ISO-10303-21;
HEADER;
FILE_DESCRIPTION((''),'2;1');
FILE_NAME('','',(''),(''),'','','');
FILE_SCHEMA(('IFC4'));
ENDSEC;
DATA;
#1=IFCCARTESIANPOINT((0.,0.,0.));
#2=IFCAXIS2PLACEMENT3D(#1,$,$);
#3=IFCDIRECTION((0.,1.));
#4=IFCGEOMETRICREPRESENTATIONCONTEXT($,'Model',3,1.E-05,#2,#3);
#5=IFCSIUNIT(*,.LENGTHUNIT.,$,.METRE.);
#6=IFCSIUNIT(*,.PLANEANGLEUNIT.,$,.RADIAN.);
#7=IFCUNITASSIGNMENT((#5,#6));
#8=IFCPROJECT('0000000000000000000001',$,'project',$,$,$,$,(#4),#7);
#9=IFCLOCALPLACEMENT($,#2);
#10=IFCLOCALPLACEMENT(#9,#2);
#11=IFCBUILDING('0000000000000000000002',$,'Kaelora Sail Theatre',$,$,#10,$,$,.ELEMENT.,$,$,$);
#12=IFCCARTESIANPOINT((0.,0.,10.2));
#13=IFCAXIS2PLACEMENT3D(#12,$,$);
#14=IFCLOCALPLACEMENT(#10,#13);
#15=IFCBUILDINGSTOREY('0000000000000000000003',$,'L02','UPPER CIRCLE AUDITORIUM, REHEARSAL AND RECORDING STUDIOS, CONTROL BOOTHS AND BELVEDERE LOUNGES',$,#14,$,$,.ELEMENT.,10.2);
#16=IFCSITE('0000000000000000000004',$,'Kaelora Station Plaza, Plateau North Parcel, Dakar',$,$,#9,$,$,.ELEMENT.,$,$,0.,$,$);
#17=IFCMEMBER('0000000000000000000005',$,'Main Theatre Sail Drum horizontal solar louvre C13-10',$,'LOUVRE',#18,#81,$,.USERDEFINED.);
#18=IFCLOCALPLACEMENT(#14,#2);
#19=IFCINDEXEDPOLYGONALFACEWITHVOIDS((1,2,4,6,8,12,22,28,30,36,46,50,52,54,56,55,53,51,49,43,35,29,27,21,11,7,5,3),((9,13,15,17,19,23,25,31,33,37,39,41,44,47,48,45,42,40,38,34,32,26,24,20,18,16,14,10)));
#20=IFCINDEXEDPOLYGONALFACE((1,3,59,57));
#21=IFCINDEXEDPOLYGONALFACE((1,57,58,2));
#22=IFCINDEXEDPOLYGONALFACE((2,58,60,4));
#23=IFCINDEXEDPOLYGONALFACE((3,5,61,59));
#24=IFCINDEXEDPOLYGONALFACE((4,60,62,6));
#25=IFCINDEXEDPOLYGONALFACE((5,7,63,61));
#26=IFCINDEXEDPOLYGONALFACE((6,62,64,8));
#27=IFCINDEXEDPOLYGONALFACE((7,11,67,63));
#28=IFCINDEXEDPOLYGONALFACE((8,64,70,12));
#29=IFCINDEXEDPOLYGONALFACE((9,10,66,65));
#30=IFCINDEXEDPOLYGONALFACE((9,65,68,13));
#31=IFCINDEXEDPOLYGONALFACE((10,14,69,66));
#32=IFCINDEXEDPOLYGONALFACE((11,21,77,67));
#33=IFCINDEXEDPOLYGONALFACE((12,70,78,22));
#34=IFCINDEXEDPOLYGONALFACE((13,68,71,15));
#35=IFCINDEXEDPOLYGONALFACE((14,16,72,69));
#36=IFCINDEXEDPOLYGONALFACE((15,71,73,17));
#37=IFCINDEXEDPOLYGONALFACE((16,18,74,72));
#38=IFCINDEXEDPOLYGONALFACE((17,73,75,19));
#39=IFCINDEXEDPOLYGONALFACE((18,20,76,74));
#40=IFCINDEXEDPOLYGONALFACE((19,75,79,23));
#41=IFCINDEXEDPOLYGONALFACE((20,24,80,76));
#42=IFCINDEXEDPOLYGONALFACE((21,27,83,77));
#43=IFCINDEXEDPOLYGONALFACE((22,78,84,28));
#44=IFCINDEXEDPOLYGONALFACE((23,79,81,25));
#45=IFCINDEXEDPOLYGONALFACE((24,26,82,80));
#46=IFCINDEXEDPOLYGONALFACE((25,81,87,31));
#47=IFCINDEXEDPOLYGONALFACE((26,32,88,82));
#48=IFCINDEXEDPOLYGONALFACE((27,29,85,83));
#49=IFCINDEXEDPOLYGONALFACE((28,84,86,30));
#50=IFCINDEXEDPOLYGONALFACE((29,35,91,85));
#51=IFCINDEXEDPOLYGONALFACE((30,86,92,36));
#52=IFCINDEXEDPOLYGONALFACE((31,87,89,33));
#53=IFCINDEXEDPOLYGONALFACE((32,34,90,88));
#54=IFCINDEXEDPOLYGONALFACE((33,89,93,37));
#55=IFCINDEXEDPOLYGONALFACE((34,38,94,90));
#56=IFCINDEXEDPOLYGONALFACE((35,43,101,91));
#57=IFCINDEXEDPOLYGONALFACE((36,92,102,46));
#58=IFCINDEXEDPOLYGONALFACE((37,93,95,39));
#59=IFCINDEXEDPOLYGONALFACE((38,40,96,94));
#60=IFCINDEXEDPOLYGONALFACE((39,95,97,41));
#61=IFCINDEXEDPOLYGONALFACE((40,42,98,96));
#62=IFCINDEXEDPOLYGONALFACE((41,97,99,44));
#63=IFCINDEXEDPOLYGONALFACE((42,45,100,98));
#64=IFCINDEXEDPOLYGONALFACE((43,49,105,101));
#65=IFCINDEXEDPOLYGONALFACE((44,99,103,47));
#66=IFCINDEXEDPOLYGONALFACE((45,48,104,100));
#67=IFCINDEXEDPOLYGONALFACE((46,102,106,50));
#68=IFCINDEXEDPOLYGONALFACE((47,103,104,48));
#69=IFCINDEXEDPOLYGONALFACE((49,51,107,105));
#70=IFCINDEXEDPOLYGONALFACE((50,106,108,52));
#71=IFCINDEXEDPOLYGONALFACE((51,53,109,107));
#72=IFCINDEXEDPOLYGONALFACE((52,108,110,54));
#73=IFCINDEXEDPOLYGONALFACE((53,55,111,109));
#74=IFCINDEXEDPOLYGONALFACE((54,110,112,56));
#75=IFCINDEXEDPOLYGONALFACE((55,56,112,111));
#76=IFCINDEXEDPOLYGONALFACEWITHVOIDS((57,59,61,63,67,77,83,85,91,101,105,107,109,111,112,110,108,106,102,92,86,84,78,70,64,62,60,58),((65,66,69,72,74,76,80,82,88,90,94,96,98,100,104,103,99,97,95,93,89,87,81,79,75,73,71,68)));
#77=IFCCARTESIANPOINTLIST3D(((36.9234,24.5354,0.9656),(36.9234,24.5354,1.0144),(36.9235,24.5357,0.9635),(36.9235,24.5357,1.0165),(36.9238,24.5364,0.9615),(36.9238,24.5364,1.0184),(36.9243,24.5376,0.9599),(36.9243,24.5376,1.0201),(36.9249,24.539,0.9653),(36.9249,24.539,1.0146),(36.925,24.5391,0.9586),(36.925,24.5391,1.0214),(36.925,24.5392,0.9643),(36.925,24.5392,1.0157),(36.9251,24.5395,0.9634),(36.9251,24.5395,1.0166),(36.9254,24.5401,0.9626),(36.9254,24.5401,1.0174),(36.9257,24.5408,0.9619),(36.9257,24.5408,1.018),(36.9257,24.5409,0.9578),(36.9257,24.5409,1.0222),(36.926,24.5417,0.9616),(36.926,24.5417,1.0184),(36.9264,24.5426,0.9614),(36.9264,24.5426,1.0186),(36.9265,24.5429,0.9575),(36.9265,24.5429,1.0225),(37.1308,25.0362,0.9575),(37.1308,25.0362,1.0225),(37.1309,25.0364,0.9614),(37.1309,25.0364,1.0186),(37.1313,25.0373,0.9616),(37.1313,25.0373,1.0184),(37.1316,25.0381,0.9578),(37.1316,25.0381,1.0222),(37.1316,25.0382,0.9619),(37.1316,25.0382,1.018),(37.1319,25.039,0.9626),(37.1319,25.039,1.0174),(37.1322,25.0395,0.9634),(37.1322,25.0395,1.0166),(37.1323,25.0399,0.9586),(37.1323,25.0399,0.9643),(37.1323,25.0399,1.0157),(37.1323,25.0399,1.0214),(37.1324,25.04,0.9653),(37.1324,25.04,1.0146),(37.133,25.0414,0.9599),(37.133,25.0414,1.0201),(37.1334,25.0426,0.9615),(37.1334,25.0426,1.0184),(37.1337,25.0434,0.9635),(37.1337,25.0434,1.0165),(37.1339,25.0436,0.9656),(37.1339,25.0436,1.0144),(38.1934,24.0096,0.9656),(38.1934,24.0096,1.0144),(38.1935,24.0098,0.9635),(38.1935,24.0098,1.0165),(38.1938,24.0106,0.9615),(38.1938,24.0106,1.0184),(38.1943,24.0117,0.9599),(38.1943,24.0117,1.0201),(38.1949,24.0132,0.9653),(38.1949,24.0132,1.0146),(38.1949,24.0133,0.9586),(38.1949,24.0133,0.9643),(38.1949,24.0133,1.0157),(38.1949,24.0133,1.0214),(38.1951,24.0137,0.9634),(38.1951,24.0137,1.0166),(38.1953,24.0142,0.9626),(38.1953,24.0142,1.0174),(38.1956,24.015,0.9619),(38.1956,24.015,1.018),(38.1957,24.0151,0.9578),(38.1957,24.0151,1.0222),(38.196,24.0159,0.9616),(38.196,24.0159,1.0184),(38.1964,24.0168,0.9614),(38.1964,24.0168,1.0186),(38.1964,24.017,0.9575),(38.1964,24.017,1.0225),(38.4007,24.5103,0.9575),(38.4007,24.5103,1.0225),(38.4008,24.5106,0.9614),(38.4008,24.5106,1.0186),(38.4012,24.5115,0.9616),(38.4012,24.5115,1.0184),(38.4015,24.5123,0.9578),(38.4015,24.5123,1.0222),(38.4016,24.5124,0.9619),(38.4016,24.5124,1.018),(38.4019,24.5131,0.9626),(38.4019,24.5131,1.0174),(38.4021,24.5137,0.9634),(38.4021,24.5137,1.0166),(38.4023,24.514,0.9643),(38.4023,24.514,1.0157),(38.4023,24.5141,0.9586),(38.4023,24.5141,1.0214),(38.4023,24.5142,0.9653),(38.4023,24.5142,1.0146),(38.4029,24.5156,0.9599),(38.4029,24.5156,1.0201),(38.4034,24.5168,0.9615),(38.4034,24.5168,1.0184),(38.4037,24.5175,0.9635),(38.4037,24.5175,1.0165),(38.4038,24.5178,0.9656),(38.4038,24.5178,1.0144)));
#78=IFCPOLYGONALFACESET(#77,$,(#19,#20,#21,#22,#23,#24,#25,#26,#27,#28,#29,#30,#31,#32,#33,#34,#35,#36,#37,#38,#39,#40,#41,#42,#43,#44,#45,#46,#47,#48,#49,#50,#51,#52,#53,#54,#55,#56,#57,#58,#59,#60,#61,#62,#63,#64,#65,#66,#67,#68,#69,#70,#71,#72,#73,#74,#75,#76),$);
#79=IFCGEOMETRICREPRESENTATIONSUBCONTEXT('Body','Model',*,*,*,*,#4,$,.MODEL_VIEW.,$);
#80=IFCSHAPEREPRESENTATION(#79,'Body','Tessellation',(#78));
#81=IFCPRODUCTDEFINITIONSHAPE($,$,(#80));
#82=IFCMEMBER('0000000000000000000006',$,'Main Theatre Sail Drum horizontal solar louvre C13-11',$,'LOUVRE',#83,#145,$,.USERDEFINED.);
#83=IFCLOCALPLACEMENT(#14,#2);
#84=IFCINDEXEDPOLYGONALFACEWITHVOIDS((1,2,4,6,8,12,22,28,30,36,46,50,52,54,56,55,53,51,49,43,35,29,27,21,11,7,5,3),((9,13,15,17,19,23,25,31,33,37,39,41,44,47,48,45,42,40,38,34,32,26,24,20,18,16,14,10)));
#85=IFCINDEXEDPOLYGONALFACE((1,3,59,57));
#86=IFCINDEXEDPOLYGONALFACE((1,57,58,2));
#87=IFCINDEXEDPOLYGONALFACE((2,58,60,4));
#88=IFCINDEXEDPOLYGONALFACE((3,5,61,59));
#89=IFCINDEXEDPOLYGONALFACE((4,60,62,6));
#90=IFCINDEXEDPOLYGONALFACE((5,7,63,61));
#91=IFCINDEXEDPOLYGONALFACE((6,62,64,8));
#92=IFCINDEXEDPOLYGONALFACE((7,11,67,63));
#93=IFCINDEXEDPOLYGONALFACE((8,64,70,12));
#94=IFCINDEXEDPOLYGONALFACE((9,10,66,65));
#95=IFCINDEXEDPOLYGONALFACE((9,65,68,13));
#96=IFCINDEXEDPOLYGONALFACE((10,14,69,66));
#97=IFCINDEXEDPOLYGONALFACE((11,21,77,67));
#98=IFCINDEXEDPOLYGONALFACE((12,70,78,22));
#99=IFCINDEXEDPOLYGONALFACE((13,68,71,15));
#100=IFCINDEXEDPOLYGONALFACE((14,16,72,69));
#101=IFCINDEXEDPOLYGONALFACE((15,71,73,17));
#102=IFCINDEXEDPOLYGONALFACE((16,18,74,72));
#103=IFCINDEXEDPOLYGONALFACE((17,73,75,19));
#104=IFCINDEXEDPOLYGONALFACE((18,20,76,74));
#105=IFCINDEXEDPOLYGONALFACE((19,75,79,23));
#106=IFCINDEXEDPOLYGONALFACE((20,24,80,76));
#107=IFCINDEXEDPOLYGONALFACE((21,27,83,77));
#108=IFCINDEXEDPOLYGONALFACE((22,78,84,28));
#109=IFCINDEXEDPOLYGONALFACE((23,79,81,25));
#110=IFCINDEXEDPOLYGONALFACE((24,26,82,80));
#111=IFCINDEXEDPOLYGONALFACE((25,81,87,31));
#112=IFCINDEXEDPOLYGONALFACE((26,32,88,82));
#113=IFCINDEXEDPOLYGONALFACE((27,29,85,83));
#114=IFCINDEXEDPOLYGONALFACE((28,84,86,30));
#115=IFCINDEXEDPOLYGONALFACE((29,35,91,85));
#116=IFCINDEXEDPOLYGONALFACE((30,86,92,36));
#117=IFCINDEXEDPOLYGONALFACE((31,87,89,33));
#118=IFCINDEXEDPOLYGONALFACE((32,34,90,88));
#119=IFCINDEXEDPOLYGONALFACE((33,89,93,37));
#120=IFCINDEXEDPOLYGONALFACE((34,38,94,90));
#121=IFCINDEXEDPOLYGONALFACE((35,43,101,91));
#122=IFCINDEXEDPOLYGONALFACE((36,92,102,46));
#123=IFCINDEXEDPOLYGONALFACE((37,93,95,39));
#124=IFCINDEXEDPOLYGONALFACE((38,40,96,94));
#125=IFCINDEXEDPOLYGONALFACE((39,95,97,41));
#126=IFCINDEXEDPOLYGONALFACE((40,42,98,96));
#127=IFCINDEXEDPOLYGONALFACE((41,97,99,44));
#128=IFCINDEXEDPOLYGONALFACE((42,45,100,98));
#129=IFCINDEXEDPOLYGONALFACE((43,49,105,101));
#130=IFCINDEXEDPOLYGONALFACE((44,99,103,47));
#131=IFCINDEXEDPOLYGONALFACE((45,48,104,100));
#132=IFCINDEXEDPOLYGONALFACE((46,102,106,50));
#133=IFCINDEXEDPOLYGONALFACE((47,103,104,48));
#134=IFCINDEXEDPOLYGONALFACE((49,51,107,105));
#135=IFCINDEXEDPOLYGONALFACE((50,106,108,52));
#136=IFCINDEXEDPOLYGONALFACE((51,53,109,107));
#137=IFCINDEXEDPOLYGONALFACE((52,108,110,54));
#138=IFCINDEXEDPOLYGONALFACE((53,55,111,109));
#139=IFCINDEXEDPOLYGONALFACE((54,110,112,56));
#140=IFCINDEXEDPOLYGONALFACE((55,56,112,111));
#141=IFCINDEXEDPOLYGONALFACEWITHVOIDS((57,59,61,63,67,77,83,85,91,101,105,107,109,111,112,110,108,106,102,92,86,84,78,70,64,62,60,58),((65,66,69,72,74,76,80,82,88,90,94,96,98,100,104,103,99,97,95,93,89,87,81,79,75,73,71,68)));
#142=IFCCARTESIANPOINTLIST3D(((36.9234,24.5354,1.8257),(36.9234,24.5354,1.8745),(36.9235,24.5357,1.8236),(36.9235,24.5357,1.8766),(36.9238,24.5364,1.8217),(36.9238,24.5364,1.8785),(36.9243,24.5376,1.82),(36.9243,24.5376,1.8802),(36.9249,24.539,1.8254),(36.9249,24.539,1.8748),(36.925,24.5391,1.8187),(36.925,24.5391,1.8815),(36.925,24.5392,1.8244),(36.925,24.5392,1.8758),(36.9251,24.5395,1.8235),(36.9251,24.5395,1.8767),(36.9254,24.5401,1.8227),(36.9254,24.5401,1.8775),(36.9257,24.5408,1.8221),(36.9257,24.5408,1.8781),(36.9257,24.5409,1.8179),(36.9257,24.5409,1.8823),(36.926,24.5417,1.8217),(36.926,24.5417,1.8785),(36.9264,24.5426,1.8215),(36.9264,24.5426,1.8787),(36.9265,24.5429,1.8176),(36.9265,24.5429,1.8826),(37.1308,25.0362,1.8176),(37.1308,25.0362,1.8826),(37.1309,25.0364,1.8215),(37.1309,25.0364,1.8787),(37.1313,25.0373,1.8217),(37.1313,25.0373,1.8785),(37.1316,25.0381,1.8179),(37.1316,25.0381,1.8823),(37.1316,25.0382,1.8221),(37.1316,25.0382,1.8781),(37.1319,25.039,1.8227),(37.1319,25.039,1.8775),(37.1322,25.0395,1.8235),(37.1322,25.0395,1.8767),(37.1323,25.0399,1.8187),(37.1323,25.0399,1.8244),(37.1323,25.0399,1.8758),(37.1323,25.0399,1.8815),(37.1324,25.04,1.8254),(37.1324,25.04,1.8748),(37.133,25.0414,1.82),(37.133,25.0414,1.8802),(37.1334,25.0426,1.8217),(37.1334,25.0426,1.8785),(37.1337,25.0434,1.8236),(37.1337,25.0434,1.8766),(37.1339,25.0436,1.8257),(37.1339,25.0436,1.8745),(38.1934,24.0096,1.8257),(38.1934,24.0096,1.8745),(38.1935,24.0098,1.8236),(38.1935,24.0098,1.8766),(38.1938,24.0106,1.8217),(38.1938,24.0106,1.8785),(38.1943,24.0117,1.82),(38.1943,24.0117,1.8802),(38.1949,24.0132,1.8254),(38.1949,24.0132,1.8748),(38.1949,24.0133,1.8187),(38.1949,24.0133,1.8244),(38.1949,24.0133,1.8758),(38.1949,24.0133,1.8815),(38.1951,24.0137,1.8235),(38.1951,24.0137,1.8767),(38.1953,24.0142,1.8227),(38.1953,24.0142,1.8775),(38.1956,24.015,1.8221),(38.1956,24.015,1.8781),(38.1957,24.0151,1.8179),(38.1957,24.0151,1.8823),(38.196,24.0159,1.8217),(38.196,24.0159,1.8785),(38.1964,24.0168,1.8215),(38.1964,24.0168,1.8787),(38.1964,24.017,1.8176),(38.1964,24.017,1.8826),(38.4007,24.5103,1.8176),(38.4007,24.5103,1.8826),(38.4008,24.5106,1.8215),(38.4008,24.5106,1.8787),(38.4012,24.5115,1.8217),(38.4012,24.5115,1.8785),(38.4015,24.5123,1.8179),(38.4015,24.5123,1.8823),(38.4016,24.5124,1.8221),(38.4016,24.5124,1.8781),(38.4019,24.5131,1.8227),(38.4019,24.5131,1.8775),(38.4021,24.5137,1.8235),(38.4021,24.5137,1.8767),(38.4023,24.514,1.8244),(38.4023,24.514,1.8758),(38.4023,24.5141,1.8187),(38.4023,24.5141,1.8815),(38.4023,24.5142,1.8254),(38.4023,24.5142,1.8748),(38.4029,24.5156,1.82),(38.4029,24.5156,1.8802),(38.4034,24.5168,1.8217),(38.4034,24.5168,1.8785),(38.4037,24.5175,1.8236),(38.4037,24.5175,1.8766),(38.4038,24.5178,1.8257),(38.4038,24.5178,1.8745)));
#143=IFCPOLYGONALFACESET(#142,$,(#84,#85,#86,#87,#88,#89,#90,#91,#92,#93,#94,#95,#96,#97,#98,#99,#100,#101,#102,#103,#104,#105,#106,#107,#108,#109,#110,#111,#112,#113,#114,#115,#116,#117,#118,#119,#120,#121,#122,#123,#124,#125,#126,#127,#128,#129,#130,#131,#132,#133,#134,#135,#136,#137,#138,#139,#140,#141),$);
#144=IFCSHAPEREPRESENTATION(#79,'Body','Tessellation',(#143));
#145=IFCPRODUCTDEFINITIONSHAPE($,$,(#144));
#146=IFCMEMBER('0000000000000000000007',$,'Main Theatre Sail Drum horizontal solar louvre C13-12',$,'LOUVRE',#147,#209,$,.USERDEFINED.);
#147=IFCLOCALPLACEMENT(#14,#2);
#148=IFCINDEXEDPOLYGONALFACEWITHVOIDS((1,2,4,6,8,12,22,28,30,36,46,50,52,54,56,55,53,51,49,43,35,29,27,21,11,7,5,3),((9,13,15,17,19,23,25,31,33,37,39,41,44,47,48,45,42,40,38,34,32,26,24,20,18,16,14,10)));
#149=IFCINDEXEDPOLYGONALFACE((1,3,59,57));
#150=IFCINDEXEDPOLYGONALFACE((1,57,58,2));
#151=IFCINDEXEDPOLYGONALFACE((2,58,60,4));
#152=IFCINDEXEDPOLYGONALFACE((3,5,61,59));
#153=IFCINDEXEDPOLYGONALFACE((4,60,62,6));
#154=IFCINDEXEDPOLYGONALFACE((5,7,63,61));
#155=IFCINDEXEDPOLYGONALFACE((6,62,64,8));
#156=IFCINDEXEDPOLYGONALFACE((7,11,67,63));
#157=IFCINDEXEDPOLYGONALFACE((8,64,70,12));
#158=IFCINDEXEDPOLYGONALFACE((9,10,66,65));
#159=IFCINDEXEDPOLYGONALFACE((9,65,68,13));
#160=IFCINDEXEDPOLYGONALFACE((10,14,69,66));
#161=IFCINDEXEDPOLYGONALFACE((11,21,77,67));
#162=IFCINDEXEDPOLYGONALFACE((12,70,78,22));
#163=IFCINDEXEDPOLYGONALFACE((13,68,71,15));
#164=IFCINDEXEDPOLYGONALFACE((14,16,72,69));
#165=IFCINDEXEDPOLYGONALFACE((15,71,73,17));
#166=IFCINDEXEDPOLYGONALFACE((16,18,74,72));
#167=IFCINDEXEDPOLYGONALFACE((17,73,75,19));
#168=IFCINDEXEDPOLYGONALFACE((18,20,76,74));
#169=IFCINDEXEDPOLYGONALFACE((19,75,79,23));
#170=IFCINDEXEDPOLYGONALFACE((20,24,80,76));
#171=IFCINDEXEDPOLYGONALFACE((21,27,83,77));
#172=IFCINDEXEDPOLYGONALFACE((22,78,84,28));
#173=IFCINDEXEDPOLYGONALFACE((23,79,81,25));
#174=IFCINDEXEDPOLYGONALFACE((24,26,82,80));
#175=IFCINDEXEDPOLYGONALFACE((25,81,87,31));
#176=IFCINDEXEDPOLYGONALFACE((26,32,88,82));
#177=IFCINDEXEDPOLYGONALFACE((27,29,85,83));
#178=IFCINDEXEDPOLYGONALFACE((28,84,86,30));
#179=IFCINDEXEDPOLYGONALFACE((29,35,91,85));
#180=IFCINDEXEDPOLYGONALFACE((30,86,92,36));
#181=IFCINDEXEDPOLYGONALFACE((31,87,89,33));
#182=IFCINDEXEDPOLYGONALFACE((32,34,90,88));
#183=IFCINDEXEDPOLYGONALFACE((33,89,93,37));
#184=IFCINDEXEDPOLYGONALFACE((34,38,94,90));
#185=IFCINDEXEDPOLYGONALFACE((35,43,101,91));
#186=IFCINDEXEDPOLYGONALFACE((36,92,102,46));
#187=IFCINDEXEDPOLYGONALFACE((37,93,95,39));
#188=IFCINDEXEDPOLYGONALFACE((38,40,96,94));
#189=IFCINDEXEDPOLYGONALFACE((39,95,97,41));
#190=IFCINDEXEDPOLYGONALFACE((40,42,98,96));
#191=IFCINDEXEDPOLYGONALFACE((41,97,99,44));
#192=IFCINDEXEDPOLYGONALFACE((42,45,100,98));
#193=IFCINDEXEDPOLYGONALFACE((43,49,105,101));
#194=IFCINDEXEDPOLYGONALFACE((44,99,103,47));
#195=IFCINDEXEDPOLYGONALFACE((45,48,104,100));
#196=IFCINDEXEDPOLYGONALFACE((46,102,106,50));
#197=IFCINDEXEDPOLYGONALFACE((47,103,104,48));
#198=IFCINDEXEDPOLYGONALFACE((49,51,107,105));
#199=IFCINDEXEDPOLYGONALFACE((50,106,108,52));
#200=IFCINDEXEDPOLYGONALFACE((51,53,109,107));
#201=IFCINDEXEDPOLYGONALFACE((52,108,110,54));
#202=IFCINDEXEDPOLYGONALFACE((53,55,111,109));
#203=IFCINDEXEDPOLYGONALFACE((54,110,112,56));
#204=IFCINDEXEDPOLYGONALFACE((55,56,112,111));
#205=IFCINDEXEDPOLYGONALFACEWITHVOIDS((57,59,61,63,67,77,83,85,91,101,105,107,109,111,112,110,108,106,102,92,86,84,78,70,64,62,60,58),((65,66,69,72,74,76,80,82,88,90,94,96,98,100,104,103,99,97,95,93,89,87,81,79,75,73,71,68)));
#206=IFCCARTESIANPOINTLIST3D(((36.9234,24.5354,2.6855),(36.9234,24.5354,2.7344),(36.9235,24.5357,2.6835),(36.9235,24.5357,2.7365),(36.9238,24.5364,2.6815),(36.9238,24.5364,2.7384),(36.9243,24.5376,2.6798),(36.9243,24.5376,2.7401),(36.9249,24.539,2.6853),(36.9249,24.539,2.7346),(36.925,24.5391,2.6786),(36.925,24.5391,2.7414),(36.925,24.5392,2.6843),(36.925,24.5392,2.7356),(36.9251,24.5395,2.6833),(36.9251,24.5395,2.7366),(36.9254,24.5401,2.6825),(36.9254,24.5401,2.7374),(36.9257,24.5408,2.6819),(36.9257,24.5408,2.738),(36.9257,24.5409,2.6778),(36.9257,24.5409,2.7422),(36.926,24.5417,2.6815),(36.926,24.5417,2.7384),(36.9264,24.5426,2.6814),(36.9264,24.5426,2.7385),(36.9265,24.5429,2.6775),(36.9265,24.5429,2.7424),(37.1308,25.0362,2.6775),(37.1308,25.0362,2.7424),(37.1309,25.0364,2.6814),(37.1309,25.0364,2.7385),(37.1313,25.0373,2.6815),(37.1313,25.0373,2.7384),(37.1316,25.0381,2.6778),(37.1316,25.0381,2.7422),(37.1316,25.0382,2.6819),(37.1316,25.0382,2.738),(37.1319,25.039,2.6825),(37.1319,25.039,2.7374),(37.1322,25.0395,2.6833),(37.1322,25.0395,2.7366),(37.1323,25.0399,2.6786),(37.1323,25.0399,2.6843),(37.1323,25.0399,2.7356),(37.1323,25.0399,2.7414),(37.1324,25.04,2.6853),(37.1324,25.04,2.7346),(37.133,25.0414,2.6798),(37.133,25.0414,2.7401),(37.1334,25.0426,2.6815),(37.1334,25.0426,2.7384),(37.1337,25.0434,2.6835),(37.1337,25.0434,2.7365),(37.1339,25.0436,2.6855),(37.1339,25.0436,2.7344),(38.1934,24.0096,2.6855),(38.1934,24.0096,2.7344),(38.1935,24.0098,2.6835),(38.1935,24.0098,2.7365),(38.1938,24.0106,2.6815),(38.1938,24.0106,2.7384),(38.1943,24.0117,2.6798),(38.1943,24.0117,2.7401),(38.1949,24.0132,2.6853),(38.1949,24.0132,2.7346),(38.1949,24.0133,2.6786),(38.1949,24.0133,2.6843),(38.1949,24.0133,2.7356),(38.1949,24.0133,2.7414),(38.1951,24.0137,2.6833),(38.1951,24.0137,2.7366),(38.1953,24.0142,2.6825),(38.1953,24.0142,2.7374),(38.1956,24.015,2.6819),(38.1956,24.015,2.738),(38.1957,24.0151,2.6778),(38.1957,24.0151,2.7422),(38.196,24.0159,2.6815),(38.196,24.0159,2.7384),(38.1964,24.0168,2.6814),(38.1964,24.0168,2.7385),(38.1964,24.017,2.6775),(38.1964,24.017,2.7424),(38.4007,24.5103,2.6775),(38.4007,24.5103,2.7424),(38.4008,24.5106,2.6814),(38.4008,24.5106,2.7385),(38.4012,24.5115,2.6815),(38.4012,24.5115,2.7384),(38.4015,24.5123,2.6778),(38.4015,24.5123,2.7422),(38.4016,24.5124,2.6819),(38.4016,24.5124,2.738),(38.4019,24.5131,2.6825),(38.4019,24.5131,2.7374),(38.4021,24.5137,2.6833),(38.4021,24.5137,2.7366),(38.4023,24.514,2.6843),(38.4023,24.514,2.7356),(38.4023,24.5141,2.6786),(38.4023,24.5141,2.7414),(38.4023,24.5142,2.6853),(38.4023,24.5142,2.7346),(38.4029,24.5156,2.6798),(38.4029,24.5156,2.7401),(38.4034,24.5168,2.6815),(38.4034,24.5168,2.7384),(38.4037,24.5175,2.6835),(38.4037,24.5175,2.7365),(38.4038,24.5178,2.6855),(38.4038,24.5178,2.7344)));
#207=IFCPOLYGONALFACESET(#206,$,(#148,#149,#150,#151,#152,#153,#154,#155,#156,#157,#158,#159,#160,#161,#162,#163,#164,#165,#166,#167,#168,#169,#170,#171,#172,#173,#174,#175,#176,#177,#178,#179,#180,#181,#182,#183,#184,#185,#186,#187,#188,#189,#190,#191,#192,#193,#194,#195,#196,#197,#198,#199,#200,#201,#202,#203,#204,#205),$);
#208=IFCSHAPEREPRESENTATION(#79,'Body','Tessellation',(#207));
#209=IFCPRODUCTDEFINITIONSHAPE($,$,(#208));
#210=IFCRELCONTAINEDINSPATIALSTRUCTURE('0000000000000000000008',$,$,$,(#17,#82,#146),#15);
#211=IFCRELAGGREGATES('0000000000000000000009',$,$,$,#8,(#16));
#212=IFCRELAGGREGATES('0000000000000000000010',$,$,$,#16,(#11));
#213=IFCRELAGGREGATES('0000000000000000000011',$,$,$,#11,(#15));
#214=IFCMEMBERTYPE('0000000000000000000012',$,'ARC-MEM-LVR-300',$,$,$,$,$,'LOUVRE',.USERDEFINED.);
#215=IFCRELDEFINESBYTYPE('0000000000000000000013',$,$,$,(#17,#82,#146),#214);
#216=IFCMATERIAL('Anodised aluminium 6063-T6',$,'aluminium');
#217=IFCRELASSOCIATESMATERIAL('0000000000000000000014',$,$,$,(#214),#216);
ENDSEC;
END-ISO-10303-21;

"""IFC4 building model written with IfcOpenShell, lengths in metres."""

from ifc_helpers import new_model, si_unit, direction, frame, origin, origin_2d, place, context, subcontext, project, spatial, hollow_rectangle, extrude, material, material_profile, profile_set, type_object, element, save


model = new_model("IFC4")

# Units and contexts
model_context = context("Model", 3, precision=1e-05, world=origin(), true_north=direction((0.0, 1.0)))
body_context = subcontext(model_context, "Body", "Model", "MODEL_VIEW")
ifc_project = project(units=[si_unit("LENGTHUNIT", "METRE"), si_unit("PLANEANGLEUNIT", "RADIAN")], contexts=[model_context])

# Site, building, storey
site_placement = place(None, origin())
site = spatial("IfcSite", under=ifc_project, at=site_placement, Name="Kaelora Station Plaza, Plateau North Parcel, Dakar", CompositionType="ELEMENT", RefElevation=0.0)
building_placement = place(site_placement, origin())
building = spatial("IfcBuilding", under=site, at=building_placement, Name="Kaelora Sail Theatre", CompositionType="ELEMENT")
storey_placement = place(building_placement, frame((0.0, 0.0, 10.2)))
storey = spatial("IfcBuildingStorey", under=building, at=storey_placement, Name="L02", Description="UPPER CIRCLE AUDITORIUM, REHEARSAL AND RECORDING STUDIOS, CONTROL BOOTHS AND BELVEDERE LOUNGES", CompositionType="ELEMENT", Elevation=10.2)

# Members
ifc_material_1 = material(Name="Anodised aluminium 6063-T6", Category="aluminium")
ifc_material_profile_1 = material_profile(ifc_material_1, hollow_rectangle(XDim=0.55, YDim=0.0649, WallThickness=0.0039, InnerFilletRadius=0.0039, OuterFilletRadius=0.0081, at=origin_2d()), Name="LOUVRE 550x65x4")
ifc_profile_set_1 = profile_set([ifc_material_profile_1], Name="Anodised aluminium 6063-T6")
member_type = type_object("IfcMemberType", Name="ARC-MEM-LVR-300", ElementType="LOUVRE", PredefinedType="USERDEFINED", material=ifc_profile_set_1)
for number, where, z_axis, x_axis, name in (
    (1, (38.2986, 24.2637, 0.99), (-0.923926, 0.382571, 0.0), (-0.382571, -0.923926, 0.0), "Main Theatre Sail Drum horizontal solar louvre C13-10"),
    (2, (38.2986, 24.2637, 1.8501), (-0.923926, 0.382571, 0.0), (-0.382571, -0.923926, 0.0), "Main Theatre Sail Drum horizontal solar louvre C13-11"),
    (3, (38.2986, 24.2637, 2.71), (-0.923926, 0.382571, 0.0), (-0.382571, -0.923926, 0.0), "Main Theatre Sail Drum horizontal solar louvre C13-12"),
):
    element("IfcMember", number, at=place(storey_placement, frame(where, z_axis=z_axis, x_axis=x_axis)), inside=storey, type_object=member_type, Name=name, ObjectType="LOUVRE", PredefinedType="USERDEFINED", context=body_context, shape_type="SweptSolid", body=[
        extrude(hollow_rectangle(XDim=0.55, YDim=0.0649, WallThickness=0.0039, InnerFilletRadius=0.0039, OuterFilletRadius=0.0081, at=origin_2d()), origin(), (0.0, 0.0, 1.0), 1.3745),
    ])

save(model, "model.ifc")
